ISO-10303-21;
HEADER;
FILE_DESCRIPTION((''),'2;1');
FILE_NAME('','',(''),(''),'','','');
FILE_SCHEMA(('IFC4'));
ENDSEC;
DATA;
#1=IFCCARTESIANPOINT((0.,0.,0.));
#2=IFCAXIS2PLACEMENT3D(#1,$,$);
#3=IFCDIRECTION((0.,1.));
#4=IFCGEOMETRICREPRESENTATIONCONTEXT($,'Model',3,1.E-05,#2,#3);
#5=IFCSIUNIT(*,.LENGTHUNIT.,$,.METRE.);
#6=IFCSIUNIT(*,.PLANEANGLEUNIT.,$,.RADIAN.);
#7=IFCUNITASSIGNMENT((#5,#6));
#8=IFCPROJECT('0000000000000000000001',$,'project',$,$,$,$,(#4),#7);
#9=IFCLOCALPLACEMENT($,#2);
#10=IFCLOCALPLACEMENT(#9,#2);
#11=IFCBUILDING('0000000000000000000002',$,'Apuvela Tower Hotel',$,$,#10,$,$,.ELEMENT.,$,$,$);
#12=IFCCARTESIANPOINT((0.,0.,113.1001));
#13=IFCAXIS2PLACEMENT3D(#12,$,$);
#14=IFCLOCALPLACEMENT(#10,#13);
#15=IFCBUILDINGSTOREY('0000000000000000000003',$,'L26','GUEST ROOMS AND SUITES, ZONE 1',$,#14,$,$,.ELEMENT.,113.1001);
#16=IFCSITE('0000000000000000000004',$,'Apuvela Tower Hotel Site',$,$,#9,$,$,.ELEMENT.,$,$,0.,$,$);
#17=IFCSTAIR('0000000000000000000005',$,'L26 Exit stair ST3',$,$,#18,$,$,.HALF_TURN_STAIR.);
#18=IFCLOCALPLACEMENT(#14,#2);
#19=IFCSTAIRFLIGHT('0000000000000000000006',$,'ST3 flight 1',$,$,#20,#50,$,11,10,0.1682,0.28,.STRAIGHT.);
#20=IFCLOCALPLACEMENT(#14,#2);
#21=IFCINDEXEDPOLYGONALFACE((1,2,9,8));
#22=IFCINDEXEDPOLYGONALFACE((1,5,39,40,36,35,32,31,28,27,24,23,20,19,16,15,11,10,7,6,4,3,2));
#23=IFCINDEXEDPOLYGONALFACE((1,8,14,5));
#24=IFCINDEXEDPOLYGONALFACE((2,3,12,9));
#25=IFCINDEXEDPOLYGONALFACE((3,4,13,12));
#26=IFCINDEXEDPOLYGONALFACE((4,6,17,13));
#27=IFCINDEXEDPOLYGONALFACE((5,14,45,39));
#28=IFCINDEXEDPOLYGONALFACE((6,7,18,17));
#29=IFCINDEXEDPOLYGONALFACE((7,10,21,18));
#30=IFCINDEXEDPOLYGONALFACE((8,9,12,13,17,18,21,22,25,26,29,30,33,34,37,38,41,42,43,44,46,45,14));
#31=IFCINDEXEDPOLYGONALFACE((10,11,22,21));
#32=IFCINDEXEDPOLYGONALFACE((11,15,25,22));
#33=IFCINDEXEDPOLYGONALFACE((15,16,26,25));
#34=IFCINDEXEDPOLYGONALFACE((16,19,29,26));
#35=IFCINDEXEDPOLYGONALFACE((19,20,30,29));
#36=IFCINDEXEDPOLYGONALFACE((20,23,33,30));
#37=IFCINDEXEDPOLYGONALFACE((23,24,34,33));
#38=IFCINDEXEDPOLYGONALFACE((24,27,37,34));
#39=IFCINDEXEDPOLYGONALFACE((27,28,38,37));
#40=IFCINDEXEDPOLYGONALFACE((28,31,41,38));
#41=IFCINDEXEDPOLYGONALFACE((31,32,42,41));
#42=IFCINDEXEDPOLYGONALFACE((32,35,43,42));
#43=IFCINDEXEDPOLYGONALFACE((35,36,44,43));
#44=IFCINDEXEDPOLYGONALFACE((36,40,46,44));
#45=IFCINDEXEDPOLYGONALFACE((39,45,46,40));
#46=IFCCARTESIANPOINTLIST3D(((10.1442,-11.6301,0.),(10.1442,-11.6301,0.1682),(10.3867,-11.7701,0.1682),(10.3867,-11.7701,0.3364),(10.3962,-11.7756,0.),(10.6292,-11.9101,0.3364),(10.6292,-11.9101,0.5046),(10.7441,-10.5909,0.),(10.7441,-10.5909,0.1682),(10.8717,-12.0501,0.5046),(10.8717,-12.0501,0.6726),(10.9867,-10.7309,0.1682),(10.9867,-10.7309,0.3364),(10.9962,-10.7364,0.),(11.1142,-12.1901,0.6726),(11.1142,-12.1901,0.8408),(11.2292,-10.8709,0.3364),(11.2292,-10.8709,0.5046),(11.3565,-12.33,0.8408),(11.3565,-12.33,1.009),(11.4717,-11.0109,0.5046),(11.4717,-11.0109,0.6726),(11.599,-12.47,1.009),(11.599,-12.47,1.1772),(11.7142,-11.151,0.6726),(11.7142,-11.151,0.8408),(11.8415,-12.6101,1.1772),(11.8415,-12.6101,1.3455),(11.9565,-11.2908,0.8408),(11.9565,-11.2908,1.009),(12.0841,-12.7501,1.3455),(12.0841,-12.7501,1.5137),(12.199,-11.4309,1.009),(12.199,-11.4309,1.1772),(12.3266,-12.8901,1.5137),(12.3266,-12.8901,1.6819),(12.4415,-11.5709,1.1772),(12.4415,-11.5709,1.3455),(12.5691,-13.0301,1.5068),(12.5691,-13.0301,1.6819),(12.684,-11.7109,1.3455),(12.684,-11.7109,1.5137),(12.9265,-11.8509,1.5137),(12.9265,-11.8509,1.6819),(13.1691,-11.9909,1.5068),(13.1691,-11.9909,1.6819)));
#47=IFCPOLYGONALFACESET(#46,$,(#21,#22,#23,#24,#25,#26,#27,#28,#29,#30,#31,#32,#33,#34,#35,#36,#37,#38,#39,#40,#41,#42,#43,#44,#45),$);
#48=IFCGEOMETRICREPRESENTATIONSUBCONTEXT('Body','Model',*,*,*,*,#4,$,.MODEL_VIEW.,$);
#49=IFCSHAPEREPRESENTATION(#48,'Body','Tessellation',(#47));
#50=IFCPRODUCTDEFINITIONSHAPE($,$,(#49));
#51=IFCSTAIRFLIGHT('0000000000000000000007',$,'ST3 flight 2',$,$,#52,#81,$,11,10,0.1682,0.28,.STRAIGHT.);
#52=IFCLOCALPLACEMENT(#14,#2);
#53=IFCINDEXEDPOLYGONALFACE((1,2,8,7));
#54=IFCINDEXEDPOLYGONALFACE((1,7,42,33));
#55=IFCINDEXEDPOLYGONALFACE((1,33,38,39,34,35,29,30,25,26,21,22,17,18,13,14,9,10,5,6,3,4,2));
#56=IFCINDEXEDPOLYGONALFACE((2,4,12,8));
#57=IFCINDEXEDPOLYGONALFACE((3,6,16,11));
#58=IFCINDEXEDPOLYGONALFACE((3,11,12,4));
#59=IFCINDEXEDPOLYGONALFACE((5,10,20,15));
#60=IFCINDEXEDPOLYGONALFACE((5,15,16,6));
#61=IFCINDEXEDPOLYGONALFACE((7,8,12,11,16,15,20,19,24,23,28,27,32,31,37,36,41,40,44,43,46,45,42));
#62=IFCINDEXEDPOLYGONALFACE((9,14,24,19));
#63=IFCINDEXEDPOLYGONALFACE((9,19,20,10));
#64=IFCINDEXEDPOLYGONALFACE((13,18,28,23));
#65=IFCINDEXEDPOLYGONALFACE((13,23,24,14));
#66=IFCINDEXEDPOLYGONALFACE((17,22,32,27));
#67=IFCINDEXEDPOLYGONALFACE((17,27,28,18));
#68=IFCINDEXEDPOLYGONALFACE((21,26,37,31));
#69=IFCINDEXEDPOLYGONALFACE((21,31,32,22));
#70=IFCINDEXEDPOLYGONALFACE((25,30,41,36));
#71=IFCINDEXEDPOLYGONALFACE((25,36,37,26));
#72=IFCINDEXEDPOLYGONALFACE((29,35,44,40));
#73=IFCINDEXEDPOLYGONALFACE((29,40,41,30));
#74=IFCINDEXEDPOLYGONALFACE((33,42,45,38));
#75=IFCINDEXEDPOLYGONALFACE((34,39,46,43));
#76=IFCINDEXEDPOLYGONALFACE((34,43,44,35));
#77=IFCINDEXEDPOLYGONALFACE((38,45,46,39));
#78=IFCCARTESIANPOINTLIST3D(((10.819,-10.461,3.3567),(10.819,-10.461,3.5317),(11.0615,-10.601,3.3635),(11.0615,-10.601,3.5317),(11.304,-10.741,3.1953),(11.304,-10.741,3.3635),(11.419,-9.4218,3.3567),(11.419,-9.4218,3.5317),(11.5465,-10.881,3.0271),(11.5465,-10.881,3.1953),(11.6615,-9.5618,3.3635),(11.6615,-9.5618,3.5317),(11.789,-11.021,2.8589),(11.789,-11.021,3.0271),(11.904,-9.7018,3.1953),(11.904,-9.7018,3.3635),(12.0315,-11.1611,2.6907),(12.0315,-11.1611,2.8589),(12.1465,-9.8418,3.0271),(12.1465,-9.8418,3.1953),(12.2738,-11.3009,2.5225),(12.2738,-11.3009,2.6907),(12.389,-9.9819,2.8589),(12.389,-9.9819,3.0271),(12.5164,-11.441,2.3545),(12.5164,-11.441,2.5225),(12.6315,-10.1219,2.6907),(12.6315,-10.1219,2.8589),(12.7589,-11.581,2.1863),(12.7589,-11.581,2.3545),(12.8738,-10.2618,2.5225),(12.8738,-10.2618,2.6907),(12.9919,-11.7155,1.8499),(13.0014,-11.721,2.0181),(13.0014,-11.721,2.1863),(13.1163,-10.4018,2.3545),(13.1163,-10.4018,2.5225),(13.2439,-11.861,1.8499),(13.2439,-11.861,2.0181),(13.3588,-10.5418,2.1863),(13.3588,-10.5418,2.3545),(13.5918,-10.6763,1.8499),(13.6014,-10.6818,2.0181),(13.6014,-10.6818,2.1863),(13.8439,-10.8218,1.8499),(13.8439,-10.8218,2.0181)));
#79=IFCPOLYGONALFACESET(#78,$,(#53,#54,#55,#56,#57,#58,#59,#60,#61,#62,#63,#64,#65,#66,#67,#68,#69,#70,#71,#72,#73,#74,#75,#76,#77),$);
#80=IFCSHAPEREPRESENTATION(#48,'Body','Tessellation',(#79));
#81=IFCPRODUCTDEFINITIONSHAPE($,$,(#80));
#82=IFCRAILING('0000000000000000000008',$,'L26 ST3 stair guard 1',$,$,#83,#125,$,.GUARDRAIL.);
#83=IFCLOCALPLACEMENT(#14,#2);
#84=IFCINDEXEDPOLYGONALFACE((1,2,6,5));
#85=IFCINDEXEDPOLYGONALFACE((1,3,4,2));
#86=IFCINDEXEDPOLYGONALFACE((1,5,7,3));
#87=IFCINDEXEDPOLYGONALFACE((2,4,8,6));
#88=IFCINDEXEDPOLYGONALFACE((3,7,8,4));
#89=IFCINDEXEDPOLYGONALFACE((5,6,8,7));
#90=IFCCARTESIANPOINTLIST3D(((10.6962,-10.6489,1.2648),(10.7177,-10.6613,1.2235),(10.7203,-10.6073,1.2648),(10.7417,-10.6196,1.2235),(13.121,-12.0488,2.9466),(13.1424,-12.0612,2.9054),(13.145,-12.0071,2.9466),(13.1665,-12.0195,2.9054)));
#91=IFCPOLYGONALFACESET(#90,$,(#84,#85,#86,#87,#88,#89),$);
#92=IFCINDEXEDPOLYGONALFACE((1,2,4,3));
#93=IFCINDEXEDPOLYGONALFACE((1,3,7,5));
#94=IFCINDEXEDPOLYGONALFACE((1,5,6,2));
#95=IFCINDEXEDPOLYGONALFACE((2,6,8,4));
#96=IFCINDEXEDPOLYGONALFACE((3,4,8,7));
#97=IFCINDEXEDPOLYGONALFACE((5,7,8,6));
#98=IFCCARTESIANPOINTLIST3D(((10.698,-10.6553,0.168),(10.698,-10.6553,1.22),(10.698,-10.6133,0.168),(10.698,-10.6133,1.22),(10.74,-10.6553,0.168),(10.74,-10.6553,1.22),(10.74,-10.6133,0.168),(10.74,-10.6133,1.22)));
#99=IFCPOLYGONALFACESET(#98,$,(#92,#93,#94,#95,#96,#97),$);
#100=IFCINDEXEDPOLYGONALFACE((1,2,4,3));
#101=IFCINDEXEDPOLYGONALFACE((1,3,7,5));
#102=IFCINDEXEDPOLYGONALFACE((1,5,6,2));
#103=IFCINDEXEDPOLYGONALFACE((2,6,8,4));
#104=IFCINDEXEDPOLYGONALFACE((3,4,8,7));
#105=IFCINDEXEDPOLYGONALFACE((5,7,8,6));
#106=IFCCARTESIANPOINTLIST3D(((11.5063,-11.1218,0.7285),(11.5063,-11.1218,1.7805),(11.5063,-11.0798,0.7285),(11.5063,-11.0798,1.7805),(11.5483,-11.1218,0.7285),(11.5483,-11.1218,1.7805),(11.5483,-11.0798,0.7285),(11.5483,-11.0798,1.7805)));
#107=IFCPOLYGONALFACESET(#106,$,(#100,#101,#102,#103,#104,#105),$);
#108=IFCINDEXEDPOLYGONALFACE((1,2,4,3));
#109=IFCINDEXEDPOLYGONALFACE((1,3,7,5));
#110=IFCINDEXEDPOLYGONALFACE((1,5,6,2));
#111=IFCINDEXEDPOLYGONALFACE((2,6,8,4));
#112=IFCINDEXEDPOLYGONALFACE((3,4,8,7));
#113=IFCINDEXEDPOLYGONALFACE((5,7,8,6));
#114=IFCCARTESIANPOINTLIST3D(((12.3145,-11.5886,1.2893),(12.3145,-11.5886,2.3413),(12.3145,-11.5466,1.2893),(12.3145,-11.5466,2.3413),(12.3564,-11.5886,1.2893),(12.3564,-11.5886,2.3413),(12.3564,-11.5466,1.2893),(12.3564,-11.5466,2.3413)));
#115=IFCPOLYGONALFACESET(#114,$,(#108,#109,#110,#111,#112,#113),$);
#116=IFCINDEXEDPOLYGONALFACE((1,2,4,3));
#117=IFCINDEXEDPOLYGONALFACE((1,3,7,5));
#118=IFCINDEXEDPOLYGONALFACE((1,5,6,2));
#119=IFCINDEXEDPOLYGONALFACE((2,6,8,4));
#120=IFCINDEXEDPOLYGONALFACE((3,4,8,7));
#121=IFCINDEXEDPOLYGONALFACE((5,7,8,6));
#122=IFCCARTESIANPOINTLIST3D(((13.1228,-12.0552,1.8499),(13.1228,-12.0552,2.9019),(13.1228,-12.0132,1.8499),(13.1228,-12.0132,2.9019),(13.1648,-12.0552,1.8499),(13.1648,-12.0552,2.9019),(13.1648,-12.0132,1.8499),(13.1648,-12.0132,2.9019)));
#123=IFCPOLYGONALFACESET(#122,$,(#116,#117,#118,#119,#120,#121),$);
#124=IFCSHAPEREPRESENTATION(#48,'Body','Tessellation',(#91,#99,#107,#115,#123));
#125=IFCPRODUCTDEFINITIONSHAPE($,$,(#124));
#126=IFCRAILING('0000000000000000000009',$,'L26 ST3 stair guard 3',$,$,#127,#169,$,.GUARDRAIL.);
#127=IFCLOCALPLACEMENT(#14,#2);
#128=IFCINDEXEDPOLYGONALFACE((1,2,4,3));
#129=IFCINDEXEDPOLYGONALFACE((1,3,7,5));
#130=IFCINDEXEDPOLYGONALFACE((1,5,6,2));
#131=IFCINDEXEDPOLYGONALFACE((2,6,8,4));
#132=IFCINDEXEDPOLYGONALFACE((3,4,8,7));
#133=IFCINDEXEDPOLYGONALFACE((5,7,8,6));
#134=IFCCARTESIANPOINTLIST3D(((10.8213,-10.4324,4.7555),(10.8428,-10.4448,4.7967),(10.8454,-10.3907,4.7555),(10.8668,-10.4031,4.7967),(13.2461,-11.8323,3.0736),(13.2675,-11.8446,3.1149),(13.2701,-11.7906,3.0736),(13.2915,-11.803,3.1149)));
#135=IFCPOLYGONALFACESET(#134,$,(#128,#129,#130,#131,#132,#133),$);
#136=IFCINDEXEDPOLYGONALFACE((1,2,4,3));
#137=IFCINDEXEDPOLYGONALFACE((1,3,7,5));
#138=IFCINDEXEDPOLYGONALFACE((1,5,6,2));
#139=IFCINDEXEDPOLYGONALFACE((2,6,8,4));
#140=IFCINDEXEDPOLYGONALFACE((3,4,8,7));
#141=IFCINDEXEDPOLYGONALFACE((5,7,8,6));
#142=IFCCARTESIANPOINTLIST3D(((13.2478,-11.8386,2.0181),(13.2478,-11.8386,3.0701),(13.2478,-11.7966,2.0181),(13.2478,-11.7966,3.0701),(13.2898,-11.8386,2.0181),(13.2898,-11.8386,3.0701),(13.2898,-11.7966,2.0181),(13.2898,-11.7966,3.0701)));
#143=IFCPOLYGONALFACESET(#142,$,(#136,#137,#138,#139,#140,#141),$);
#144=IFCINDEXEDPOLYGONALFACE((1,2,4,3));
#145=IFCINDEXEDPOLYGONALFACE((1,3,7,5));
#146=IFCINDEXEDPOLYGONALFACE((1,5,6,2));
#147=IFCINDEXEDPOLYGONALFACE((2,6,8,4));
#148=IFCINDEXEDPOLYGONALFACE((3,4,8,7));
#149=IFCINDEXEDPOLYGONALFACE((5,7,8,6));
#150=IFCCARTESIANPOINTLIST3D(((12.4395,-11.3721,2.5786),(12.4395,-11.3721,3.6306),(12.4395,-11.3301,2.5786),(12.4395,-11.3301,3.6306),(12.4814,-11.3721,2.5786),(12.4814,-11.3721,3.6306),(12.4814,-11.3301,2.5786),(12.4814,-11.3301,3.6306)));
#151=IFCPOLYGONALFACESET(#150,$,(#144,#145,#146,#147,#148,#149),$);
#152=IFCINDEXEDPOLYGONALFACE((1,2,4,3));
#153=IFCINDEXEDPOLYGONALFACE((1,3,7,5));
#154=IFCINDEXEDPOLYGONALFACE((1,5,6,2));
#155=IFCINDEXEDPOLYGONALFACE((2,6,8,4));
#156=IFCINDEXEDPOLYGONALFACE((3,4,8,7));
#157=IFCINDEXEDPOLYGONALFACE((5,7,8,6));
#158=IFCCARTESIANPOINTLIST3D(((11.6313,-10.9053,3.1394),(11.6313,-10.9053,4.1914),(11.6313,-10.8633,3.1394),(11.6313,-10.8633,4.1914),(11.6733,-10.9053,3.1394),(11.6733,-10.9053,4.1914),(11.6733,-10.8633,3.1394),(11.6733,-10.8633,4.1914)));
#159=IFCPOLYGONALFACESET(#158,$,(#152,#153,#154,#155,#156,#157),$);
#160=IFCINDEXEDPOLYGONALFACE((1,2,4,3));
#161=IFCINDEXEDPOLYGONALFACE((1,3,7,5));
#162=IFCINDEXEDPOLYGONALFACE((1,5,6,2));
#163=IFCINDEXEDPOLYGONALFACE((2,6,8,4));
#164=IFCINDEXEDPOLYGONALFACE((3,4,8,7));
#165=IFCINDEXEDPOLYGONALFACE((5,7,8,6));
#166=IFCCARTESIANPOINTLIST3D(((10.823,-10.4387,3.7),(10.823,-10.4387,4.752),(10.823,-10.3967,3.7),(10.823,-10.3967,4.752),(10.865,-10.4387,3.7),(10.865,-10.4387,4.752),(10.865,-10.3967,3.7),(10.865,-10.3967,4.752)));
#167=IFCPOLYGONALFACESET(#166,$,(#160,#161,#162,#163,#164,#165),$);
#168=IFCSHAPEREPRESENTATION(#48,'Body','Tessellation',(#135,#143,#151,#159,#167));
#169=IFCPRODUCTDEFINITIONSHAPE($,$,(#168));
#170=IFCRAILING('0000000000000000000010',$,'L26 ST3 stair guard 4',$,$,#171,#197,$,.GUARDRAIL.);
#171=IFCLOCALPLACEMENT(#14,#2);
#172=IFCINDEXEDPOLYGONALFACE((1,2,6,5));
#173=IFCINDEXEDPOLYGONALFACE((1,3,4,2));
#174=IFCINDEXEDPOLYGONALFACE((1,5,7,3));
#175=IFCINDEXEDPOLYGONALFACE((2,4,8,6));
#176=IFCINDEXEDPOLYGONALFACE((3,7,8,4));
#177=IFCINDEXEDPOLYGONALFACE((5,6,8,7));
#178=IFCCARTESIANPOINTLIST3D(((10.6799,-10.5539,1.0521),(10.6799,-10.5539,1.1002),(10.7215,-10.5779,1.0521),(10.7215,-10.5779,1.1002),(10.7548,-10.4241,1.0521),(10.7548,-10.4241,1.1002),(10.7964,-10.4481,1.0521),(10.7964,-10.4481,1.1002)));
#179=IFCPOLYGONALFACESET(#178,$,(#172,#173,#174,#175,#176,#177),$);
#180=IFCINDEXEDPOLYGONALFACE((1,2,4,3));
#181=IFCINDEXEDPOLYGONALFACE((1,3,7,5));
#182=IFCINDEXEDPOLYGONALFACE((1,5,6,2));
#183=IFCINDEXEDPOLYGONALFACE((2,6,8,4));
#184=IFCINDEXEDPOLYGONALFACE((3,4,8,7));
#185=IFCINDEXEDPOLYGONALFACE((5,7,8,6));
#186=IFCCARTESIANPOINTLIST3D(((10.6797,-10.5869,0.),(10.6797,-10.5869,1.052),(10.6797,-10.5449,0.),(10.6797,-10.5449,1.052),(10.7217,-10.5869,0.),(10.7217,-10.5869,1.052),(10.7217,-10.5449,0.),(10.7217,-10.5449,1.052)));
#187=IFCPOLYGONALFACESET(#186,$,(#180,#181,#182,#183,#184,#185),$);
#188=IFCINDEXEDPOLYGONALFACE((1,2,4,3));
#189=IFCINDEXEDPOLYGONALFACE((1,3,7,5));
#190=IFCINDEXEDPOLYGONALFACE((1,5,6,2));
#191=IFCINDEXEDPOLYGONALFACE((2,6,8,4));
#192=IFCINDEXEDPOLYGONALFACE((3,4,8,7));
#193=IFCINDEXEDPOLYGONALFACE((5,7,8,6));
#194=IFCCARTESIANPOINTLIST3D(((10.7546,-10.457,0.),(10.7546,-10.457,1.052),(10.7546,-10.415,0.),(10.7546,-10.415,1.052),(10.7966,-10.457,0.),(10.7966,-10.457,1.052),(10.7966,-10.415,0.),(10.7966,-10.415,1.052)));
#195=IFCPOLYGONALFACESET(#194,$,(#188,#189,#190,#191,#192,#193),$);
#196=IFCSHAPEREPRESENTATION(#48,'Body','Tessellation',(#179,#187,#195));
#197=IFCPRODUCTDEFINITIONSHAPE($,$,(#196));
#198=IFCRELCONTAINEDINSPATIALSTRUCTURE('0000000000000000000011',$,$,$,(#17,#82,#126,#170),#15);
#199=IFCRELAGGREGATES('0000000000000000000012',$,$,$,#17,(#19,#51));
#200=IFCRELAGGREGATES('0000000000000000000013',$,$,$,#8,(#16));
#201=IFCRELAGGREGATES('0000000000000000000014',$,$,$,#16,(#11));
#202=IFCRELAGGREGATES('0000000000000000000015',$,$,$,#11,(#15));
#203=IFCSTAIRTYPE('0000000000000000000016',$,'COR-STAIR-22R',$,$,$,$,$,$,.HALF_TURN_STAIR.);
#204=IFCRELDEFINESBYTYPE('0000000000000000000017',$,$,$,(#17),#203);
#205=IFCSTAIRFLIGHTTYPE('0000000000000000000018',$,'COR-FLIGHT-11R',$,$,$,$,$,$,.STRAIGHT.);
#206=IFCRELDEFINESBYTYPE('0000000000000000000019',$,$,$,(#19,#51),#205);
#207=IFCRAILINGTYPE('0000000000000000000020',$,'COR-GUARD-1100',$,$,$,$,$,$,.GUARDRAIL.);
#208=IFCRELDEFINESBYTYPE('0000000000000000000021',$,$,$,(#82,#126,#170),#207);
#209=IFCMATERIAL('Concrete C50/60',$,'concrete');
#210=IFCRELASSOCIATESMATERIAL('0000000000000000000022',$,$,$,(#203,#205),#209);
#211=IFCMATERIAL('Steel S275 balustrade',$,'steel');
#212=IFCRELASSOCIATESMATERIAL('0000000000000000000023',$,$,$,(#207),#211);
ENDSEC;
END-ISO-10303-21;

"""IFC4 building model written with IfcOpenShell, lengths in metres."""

from ifc_helpers import new_model, si_unit, direction, frame, origin, origin_2d, place, context, subcontext, project, spatial, polyline, rectangle, outline, extrude, material, type_object, element, aggregate, save


model = new_model("IFC4")

# Units and contexts
model_context = context("Model", 3, precision=1e-05, world=origin(), true_north=direction((0.0, 1.0)))
body_context = subcontext(model_context, "Body", "Model", "MODEL_VIEW")
ifc_project = project(units=[si_unit("LENGTHUNIT", "METRE"), si_unit("PLANEANGLEUNIT", "RADIAN")], contexts=[model_context])

# Site, building, storey
site_placement = place(None, origin())
site = spatial("IfcSite", under=ifc_project, at=site_placement, Name="Apuvela Tower Hotel Site", CompositionType="ELEMENT", RefElevation=0.0)
building_placement = place(site_placement, origin())
building = spatial("IfcBuilding", under=site, at=building_placement, Name="Apuvela Tower Hotel", CompositionType="ELEMENT")
storey_placement = place(building_placement, frame((0.0, 0.0, 113.1001)))
storey = spatial("IfcBuildingStorey", under=building, at=storey_placement, Name="L26", Description="GUEST ROOMS AND SUITES, ZONE 1", CompositionType="ELEMENT", Elevation=113.1001)

# Shared definitions
ifc_material_1 = material(Name="Concrete C50/60", Category="concrete")

# Stair, stair flights
stair_type = type_object("IfcStairType", Name="COR-STAIR-22R", PredefinedType="HALF_TURN_STAIR", material=ifc_material_1)
stair_placement = place(storey_placement, origin())
stair = element("IfcStair", 1, at=stair_placement, inside=storey, type_object=stair_type, Name="L26 Exit stair ST3", PredefinedType="HALF_TURN_STAIR")
stair_flight_type = type_object("IfcStairFlightType", Name="COR-FLIGHT-11R", PredefinedType="STRAIGHT", material=ifc_material_1)
stair_flight_1_placement = place(storey_placement, frame((10.4441, -11.1106, 0.0), z_axis=(0.0, 0.0, 1.0), x_axis=(0.866025, -0.5, 0.0)))
stair_flight_1 = element("IfcStairFlight", 2, at=stair_flight_1_placement, type_object=stair_flight_type, Name="ST3 flight 1", NumberOfRisers=11, NumberOfTreads=10, PredefinedType="STRAIGHT", RiserHeight=0.1682, TreadLength=0.28, context=body_context, shape_type="SweptSolid", body=[
    extrude(outline(polyline([(0.0, 0.0), (0.0, 0.1682), (0.28, 0.1682), (0.28, 0.3364), (0.5601, 0.3364), (0.5601, 0.5046), (0.8401, 0.5046), (0.8401, 0.6726), (1.1201, 0.6726), (1.1201, 0.8408), (1.3999, 0.8408), (1.3999, 1.009), (1.6799, 1.009), (1.6799, 1.1772), (1.96, 1.1772), (1.96, 1.3455), (2.24, 1.3455), (2.24, 1.5137), (2.52, 1.5137), (2.52, 1.6819), (2.8, 1.6819), (2.8, 1.8501), (2.8, 1.5068), (0.291, 0.0), (0.0, 0.0)])), frame((0.0, 0.6001, 0.0), z_axis=(0.0, -1.0, 0.0), x_axis=(1.0, 0.0, 0.0)), (0.0, 0.0, 1.0), 1.2),
])
stair_flight_2_placement = place(storey_placement, frame((13.5439, -11.3413, 1.8499), z_axis=(0.0, 0.0, 1.0), x_axis=(-0.866025, 0.5, 0.0)))
stair_flight_2 = element("IfcStairFlight", 3, at=stair_flight_2_placement, type_object=stair_flight_type, Name="ST3 flight 2", NumberOfRisers=11, NumberOfTreads=10, PredefinedType="STRAIGHT", RiserHeight=0.1682, TreadLength=0.28, context=body_context, shape_type="SweptSolid", body=[
    extrude(outline(polyline([(0.0, 0.0), (0.0, 0.1682), (0.28, 0.1682), (0.28, 0.3364), (0.5601, 0.3364), (0.5601, 0.5046), (0.8401, 0.5046), (0.8401, 0.6726), (1.1201, 0.6726), (1.1201, 0.8408), (1.3999, 0.8408), (1.3999, 1.009), (1.6799, 1.009), (1.6799, 1.1772), (1.96, 1.1772), (1.96, 1.3455), (2.24, 1.3455), (2.24, 1.5137), (2.52, 1.5137), (2.52, 1.6819), (2.8, 1.6819), (2.8, 1.8501), (2.8, 1.5068), (0.291, 0.0), (0.0, 0.0)])), frame((0.0, 0.6001, 0.0), z_axis=(0.0, -1.0, 0.0), x_axis=(1.0, 0.0, 0.0)), (0.0, 0.0, 1.0), 1.2),
])
aggregate(stair, [stair_flight_1, stair_flight_2])

# Railings
ifc_material_2 = material(Name="Steel S275 balustrade", Category="steel")
railing_type = type_object("IfcRailingType", Name="COR-GUARD-1100", PredefinedType="GUARDRAIL", material=ifc_material_2)
railing_1_placement = place(storey_placement, frame((10.719, -10.6343, 0.168)))
element("IfcRailing", 4, at=railing_1_placement, inside=storey, type_object=railing_type, Name="L26 ST3 stair guard 1", PredefinedType="GUARDRAIL", context=body_context, shape_type="SweptSolid", body=[
    extrude(rectangle(XDim=0.0481, YDim=0.0481, at=origin_2d()), frame((0.0, 0.0, 1.0762), z_axis=(0.74239, -0.428601, 0.514934), x_axis=(0.499984, 0.866035, 0.0)), (0.0, 0.0, 1.0), 3.2661),
    extrude(rectangle(XDim=0.042, YDim=0.042, at=origin_2d()), origin(), (0.0, 0.0, 1.0), 1.052),
    extrude(rectangle(XDim=0.042, YDim=0.042, at=origin_2d()), frame((0.8083, -0.4666, 0.5605)), (0.0, 0.0, 1.0), 1.052),
    extrude(rectangle(XDim=0.042, YDim=0.042, at=origin_2d()), frame((1.6165, -0.9333, 1.1213)), (0.0, 0.0, 1.0), 1.052),
    extrude(rectangle(XDim=0.042, YDim=0.042, at=origin_2d()), frame((2.4248, -1.3999, 1.6819)), (0.0, 0.0, 1.0), 1.052),
])
railing_2_placement = place(storey_placement, frame((13.2688, -11.8176, 2.0181)))
element("IfcRailing", 5, at=railing_2_placement, inside=storey, type_object=railing_type, Name="L26 ST3 stair guard 3", PredefinedType="GUARDRAIL", context=body_context, shape_type="SweptSolid", body=[
    extrude(rectangle(XDim=0.0481, YDim=0.0481, at=origin_2d()), frame((0.0, 0.0, 1.0762), z_axis=(-0.74239, 0.428601, 0.514934), x_axis=(-0.499984, -0.866035, 0.0)), (0.0, 0.0, 1.0), 3.2661),
    extrude(rectangle(XDim=0.042, YDim=0.042, at=origin_2d()), origin(), (0.0, 0.0, 1.0), 1.052),
    extrude(rectangle(XDim=0.042, YDim=0.042, at=origin_2d()), frame((-0.8083, 0.4666, 0.5605)), (0.0, 0.0, 1.0), 1.052),
    extrude(rectangle(XDim=0.042, YDim=0.042, at=origin_2d()), frame((-1.6165, 0.9333, 1.1213)), (0.0, 0.0, 1.0), 1.052),
    extrude(rectangle(XDim=0.042, YDim=0.042, at=origin_2d()), frame((-2.4248, 1.3999, 1.6819)), (0.0, 0.0, 1.0), 1.052),
])
railing_3_placement = place(storey_placement, frame((10.7007, -10.5659, 0.0)))
element("IfcRailing", 6, at=railing_3_placement, inside=storey, type_object=railing_type, Name="L26 ST3 stair guard 4", PredefinedType="GUARDRAIL", context=body_context, shape_type="SweptSolid", body=[
    extrude(rectangle(XDim=0.0481, YDim=0.0481, at=origin_2d()), frame((0.0, 0.0, 1.0762), z_axis=(0.499816, 0.866131, 0.0), x_axis=(-0.866131, 0.499816, 0.0)), (0.0, 0.0, 1.0), 0.1499),
    extrude(rectangle(XDim=0.042, YDim=0.042, at=origin_2d()), origin(), (0.0, 0.0, 1.0), 1.052),
    extrude(rectangle(XDim=0.042, YDim=0.042, at=origin_2d()), frame((0.075, 0.1299, 0.0)), (0.0, 0.0, 1.0), 1.052),
])

save(model, "model.ifc")
